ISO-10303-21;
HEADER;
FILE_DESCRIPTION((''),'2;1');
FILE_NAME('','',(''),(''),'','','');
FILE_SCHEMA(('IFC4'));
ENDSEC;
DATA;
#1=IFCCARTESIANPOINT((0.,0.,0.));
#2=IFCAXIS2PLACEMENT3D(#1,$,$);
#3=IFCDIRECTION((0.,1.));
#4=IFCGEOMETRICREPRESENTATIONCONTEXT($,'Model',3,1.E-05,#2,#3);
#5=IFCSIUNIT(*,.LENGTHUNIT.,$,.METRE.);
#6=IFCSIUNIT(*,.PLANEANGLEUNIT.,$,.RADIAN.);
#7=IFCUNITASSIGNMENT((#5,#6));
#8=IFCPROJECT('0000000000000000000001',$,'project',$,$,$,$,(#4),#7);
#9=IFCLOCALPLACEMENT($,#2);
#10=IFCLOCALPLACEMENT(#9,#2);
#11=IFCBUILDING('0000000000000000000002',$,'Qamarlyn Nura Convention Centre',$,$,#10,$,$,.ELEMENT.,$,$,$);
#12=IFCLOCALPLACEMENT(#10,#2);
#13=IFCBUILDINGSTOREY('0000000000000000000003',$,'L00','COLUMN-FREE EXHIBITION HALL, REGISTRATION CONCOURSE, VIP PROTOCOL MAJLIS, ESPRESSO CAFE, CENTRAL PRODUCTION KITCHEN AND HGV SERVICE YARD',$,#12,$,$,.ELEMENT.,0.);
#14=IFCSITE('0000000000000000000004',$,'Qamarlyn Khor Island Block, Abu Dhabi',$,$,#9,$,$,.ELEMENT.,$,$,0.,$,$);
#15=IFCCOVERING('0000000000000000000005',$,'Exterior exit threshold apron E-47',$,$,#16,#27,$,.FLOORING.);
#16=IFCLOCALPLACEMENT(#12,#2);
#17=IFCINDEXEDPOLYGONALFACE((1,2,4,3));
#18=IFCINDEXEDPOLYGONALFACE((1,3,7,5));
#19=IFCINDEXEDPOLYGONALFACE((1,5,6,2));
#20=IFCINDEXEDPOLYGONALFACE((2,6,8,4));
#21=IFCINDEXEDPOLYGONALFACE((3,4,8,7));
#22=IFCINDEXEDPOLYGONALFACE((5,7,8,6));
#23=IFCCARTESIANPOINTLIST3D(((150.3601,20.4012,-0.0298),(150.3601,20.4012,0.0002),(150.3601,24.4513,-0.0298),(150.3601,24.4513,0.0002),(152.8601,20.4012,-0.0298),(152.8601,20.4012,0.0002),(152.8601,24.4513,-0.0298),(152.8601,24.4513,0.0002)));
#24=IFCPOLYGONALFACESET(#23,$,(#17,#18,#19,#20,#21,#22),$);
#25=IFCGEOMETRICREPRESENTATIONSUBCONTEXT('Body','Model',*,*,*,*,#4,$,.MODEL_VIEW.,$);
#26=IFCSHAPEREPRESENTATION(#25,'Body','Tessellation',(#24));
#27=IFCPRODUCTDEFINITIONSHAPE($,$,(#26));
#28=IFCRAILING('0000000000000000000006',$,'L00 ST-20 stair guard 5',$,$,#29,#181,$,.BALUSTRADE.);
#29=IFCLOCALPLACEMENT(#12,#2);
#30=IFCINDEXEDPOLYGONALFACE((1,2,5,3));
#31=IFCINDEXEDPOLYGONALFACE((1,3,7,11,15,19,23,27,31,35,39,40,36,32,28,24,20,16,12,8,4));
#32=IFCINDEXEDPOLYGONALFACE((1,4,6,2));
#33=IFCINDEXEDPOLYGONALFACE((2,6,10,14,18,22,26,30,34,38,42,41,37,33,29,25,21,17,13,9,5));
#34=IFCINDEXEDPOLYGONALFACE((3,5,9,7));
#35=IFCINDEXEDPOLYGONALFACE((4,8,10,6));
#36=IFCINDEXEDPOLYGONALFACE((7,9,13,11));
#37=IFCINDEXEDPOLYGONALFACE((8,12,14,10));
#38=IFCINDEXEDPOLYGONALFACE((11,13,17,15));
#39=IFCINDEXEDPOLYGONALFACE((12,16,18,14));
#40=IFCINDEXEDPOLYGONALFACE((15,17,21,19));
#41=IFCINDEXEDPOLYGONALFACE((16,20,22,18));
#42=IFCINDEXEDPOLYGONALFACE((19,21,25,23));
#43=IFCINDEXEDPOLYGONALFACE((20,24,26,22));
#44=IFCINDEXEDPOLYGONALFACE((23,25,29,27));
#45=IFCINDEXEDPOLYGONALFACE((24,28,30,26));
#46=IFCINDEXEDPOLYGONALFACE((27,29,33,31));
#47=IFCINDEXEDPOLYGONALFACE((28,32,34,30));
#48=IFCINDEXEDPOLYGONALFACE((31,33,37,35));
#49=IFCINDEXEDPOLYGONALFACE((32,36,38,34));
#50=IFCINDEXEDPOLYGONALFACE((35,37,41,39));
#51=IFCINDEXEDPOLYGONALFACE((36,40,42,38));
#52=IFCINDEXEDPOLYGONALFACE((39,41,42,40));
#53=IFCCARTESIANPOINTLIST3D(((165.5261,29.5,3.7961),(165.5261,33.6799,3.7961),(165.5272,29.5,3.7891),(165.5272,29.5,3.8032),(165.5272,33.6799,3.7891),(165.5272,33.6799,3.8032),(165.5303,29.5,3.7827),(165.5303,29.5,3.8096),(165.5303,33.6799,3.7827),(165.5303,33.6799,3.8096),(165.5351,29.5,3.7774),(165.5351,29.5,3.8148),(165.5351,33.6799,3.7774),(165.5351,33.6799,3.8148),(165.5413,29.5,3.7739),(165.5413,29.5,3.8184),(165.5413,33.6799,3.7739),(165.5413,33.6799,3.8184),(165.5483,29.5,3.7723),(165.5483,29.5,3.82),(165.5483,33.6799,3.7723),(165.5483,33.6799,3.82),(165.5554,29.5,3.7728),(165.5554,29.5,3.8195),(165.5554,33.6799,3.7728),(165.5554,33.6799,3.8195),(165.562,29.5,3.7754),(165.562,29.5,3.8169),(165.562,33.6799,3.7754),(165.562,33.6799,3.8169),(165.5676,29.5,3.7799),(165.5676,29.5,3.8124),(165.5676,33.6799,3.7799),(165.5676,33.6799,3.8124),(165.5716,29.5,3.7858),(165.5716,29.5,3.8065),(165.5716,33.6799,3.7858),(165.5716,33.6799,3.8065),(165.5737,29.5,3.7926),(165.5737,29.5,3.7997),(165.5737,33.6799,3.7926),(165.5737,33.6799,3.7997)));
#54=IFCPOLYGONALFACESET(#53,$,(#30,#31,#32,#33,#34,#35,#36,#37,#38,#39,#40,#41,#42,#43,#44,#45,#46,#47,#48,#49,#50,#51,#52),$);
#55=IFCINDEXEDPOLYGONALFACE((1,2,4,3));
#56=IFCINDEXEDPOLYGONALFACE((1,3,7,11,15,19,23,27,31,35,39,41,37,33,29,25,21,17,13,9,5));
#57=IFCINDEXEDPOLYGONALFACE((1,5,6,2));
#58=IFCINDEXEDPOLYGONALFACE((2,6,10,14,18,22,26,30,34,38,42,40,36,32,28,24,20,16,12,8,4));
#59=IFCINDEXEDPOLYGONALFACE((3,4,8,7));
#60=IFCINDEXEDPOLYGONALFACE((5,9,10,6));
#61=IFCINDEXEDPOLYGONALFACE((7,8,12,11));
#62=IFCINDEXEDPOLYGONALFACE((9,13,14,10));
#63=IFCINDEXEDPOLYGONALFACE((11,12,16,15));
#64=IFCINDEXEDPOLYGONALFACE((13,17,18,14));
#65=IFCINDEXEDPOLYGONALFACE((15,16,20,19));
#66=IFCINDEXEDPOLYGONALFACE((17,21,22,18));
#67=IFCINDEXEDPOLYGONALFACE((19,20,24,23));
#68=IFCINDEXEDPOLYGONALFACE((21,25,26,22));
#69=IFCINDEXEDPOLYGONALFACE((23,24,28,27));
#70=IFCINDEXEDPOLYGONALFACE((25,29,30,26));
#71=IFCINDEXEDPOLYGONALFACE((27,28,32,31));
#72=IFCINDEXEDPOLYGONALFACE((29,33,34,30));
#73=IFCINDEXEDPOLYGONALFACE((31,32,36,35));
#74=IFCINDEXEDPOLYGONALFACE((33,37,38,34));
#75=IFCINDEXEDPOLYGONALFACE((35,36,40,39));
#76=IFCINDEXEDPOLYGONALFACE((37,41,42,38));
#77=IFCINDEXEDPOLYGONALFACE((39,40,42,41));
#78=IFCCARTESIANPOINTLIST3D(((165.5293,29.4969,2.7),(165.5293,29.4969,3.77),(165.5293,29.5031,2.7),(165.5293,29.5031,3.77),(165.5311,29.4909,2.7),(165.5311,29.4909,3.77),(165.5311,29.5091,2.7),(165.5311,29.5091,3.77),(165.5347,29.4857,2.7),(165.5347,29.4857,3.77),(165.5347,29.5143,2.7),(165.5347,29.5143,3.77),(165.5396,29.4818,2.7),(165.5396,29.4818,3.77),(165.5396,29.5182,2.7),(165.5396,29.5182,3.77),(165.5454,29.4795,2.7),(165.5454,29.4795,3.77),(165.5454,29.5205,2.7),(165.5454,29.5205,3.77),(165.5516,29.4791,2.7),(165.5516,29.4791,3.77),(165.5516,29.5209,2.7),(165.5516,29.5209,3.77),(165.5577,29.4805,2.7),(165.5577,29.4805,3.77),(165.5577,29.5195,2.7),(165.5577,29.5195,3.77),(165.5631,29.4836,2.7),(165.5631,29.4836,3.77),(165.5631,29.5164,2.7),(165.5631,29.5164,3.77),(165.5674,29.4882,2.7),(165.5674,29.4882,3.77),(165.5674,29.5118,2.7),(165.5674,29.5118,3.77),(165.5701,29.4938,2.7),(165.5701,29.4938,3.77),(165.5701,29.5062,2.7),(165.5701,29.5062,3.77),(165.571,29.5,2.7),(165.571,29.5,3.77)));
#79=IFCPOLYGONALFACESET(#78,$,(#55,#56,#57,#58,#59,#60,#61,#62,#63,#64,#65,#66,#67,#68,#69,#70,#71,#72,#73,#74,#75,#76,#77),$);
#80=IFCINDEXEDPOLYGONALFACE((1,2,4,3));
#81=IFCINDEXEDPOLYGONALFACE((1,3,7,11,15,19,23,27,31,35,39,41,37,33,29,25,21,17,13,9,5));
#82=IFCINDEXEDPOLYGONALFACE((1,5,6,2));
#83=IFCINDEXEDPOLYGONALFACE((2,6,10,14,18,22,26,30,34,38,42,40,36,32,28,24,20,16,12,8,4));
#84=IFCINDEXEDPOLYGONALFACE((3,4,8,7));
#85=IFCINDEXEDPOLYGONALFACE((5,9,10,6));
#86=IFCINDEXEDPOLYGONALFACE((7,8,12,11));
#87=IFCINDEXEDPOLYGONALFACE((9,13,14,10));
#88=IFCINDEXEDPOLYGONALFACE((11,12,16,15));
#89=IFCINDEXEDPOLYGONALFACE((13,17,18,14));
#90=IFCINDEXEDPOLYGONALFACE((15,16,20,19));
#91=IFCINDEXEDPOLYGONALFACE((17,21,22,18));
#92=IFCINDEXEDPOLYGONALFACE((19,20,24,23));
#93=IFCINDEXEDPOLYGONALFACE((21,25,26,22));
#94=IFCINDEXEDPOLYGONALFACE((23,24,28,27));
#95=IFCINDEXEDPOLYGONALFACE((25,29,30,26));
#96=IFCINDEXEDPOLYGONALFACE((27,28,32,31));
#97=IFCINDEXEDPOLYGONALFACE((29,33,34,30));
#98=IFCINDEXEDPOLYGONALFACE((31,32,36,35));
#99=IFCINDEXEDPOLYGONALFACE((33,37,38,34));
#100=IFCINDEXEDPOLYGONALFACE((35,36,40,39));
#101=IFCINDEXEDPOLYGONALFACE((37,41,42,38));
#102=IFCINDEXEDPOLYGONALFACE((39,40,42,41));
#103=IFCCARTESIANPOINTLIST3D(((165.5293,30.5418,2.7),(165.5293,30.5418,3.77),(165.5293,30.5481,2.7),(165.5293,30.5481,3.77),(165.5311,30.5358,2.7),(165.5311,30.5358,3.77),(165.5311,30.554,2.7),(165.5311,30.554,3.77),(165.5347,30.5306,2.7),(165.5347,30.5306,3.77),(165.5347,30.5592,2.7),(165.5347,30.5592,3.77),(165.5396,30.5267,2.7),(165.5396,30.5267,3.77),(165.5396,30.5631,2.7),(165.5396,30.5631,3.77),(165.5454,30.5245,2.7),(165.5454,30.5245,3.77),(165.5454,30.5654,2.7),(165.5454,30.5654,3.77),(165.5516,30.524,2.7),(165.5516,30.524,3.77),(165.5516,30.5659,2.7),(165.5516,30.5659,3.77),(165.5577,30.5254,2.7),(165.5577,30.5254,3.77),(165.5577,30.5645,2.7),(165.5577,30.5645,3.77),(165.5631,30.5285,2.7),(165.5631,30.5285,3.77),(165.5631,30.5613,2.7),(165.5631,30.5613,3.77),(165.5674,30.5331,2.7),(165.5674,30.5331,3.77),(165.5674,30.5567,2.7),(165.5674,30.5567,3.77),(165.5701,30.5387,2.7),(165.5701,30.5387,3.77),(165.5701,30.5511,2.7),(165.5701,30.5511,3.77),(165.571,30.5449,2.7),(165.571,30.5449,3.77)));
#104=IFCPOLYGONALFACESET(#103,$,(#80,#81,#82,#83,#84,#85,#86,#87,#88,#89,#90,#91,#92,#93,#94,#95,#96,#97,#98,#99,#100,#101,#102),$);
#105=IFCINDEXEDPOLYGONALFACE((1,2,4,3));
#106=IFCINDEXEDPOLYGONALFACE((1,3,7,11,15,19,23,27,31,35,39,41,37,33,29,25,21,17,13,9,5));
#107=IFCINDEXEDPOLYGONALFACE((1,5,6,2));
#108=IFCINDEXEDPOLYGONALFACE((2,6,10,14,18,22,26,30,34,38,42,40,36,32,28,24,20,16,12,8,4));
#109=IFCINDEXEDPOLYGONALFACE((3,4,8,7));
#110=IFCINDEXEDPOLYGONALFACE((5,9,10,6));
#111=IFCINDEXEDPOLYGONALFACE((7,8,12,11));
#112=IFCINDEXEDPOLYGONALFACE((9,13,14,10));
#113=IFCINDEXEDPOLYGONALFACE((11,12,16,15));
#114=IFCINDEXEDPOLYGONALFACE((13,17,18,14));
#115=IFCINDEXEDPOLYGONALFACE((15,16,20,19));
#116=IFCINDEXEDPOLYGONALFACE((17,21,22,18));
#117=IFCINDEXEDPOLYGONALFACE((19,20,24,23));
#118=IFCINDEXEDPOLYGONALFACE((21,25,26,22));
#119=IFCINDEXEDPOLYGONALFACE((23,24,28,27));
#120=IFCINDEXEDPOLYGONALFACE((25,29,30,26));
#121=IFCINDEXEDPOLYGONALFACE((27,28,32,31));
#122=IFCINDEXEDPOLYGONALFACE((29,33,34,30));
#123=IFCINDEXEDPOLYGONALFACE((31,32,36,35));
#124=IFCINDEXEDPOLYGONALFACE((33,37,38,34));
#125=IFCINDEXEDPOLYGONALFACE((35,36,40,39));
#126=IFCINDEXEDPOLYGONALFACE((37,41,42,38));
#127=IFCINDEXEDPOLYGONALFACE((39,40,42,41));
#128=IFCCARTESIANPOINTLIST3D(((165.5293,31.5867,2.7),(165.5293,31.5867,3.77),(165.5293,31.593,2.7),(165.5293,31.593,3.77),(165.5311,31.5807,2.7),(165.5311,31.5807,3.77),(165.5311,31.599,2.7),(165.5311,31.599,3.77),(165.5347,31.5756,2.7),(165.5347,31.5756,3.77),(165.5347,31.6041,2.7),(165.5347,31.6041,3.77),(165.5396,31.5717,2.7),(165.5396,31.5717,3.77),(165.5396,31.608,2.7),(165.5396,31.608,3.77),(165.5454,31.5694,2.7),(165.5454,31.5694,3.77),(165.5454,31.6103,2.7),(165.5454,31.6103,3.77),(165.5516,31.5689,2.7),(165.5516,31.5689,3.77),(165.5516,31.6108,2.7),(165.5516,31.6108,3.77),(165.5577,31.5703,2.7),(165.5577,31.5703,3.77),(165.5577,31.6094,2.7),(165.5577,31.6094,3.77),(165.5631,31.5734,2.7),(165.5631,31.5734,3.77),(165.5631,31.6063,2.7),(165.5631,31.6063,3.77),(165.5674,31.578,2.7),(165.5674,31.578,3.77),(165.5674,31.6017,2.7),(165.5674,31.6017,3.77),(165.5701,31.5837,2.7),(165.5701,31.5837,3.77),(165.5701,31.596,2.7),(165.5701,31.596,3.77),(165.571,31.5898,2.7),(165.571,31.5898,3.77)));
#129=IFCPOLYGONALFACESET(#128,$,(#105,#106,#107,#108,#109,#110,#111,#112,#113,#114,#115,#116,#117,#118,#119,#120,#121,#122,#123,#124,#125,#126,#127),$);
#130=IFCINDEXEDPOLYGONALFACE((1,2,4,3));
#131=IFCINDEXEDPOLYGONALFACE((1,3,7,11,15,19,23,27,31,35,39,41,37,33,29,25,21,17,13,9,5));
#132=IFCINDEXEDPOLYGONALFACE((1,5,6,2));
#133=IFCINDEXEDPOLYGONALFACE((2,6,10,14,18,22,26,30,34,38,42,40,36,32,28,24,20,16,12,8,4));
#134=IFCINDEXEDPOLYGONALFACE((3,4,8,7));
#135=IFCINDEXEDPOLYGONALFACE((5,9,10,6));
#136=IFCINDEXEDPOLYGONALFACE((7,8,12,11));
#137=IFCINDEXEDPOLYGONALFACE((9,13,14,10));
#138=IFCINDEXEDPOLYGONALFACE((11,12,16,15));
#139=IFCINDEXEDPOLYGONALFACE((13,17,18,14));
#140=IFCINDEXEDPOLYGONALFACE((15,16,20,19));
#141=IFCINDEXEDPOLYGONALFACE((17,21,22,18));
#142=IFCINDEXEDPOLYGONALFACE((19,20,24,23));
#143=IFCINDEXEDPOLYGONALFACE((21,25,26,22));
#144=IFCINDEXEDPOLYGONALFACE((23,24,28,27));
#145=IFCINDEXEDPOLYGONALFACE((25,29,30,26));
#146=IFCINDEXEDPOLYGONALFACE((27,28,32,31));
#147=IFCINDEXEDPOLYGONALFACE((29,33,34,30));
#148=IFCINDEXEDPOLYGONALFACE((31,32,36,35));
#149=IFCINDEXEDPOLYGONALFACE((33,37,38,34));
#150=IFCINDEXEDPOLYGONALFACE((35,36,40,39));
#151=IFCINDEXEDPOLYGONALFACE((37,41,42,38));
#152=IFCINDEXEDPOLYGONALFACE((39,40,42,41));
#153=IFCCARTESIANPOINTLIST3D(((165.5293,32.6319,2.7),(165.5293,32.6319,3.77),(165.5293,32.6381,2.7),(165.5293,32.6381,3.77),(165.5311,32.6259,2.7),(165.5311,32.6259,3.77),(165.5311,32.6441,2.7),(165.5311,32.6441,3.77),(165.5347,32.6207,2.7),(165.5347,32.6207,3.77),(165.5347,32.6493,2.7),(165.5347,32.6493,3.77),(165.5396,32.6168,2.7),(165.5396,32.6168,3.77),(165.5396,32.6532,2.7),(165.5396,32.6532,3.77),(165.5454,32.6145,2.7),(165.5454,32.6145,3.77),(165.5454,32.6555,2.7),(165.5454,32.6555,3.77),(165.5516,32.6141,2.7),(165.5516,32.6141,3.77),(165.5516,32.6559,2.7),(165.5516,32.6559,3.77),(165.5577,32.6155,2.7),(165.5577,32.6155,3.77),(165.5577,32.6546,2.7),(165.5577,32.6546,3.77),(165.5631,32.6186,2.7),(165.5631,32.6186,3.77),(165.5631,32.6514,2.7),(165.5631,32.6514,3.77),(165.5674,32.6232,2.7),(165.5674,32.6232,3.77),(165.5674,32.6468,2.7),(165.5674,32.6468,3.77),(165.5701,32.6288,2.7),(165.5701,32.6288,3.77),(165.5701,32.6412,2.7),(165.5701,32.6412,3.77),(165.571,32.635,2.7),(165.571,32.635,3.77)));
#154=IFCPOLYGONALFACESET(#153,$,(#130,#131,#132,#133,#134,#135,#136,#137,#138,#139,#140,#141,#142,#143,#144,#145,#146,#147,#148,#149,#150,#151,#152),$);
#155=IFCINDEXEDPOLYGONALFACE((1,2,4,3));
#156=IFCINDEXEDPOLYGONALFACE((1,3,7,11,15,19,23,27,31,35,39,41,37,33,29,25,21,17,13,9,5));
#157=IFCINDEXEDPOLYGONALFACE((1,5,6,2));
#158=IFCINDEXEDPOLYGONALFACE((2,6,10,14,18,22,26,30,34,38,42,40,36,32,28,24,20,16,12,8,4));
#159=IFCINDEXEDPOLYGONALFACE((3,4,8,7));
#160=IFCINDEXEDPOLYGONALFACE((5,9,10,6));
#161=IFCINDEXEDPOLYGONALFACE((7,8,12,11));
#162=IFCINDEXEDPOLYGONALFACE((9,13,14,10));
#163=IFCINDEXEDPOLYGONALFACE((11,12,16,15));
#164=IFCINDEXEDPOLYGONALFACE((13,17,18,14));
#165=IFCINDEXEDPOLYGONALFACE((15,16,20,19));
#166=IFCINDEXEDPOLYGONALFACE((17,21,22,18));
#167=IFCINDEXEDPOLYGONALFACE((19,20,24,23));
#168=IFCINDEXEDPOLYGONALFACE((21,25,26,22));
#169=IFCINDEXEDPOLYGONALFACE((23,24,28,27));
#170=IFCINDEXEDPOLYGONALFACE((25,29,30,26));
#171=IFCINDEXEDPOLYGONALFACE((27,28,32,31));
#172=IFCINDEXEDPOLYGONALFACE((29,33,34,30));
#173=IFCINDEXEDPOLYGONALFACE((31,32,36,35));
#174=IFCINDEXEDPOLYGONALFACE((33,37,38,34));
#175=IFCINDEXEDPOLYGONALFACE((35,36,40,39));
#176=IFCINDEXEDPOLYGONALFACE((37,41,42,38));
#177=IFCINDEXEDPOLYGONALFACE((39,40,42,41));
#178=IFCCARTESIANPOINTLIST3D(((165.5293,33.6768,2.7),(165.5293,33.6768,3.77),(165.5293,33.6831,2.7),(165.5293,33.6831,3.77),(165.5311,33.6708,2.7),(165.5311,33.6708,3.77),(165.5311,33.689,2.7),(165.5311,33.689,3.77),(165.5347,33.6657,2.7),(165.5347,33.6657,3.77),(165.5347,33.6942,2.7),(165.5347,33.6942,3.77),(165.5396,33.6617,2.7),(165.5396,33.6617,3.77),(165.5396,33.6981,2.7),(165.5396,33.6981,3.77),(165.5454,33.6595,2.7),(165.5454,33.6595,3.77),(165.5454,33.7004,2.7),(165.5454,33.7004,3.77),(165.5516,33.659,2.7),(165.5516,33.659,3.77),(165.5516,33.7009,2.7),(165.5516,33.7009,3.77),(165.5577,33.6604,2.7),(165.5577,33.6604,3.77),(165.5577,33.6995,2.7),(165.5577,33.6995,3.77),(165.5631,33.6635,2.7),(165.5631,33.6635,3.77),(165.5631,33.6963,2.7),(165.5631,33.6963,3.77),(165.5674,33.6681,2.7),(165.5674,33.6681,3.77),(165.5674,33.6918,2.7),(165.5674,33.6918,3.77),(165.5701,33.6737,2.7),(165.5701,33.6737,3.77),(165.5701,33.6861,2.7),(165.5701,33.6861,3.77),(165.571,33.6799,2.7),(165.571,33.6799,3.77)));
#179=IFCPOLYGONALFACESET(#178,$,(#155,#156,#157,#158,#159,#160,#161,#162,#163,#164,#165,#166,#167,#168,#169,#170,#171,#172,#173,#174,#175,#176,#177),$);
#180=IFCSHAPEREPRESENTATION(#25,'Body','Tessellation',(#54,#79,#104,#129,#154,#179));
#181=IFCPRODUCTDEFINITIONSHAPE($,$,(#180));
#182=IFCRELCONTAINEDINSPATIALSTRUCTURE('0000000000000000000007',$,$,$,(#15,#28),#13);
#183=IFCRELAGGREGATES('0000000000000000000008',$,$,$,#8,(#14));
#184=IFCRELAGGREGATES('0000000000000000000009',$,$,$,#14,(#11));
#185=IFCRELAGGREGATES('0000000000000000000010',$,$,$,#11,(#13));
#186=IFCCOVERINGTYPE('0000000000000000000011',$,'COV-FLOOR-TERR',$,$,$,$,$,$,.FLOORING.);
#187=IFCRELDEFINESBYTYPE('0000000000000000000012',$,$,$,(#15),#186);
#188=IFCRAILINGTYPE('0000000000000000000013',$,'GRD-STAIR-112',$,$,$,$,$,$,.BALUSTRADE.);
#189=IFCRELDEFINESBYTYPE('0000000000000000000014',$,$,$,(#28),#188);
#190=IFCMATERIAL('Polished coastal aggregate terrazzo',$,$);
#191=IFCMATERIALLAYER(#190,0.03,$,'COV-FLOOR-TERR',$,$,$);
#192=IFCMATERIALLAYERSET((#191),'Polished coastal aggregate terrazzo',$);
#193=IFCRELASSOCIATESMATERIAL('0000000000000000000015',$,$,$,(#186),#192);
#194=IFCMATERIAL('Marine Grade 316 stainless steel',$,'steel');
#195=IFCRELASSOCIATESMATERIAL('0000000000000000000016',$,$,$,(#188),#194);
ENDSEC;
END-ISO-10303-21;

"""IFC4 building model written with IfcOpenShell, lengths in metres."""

from ifc_helpers import new_model, si_unit, direction, frame, origin, origin_2d, place, context, subcontext, project, spatial, rectangle, circle, extrude, material, layer, layer_set, type_object, element, save


model = new_model("IFC4")

# Units and contexts
model_context = context("Model", 3, precision=1e-05, world=origin(), true_north=direction((0.0, 1.0)))
body_context = subcontext(model_context, "Body", "Model", "MODEL_VIEW")
ifc_project = project(units=[si_unit("LENGTHUNIT", "METRE"), si_unit("PLANEANGLEUNIT", "RADIAN")], contexts=[model_context])

# Site, building, storey
site_placement = place(None, origin())
site = spatial("IfcSite", under=ifc_project, at=site_placement, Name="Qamarlyn Khor Island Block, Abu Dhabi", CompositionType="ELEMENT", RefElevation=0.0)
building_placement = place(site_placement, origin())
building = spatial("IfcBuilding", under=site, at=building_placement, Name="Qamarlyn Nura Convention Centre", CompositionType="ELEMENT")
storey_placement = place(building_placement, origin())
storey = spatial("IfcBuildingStorey", under=building, at=storey_placement, Name="L00", Description="COLUMN-FREE EXHIBITION HALL, REGISTRATION CONCOURSE, VIP PROTOCOL MAJLIS, ESPRESSO CAFE, CENTRAL PRODUCTION KITCHEN AND HGV SERVICE YARD", CompositionType="ELEMENT", Elevation=0.0)

# Covering
ifc_material_1 = material(Name="Polished coastal aggregate terrazzo")
ifc_layer_1 = layer(ifc_material_1, 0.03, Name="COV-FLOOR-TERR")
ifc_layer_set_1 = layer_set([ifc_layer_1], Name="Polished coastal aggregate terrazzo")
covering_type = type_object("IfcCoveringType", Name="COV-FLOOR-TERR", PredefinedType="FLOORING", material=ifc_layer_set_1)
covering_placement = place(storey_placement, frame((151.6101, 22.4263, -0.0298), z_axis=(0.0, 0.0, 1.0), x_axis=(0.0, 1.0, 0.0)))
element("IfcCovering", 1, at=covering_placement, inside=storey, type_object=covering_type, Name="Exterior exit threshold apron E-47", PredefinedType="FLOORING", context=body_context, shape_type="SweptSolid", body=[
    extrude(rectangle(XDim=4.05, YDim=2.5, at=origin_2d()), origin(), (0.0, 0.0, 1.0), 0.03),
])

# Railing
ifc_material_2 = material(Name="Marine Grade 316 stainless steel", Category="steel")
railing_type_1 = type_object("IfcRailingType", Name="GRD-STAIR-112", PredefinedType="BALUSTRADE", material=ifc_material_2)
railing_1_placement = place(storey_placement, frame((165.55, 29.5, 2.7)))
element("IfcRailing", 2, at=railing_1_placement, inside=storey, type_object=railing_type_1, Name="L00 ST-20 stair guard 5", PredefinedType="BALUSTRADE", context=body_context, shape_type="SweptSolid", body=[
    extrude(circle(Radius=0.0239, at=origin_2d()), frame((0.0, 0.0, 1.0962), z_axis=(0.0, 1.0, 0.0), x_axis=(-1.0, 0.0, 0.0)), (0.0, 0.0, 1.0), 4.1799),
    extrude(circle(Radius=0.021, at=origin_2d()), origin(), (0.0, 0.0, 1.0), 1.0701),
    extrude(circle(Radius=0.021, at=origin_2d()), frame((0.0, 1.0449, 0.0)), (0.0, 0.0, 1.0), 1.0701),
    extrude(circle(Radius=0.021, at=origin_2d()), frame((0.0, 2.0898, 0.0)), (0.0, 0.0, 1.0), 1.0701),
    extrude(circle(Radius=0.021, at=origin_2d()), frame((0.0, 3.135, 0.0)), (0.0, 0.0, 1.0), 1.0701),
    extrude(circle(Radius=0.021, at=origin_2d()), frame((0.0, 4.1799, 0.0)), (0.0, 0.0, 1.0), 1.0701),
])

save(model, "model.ifc")
